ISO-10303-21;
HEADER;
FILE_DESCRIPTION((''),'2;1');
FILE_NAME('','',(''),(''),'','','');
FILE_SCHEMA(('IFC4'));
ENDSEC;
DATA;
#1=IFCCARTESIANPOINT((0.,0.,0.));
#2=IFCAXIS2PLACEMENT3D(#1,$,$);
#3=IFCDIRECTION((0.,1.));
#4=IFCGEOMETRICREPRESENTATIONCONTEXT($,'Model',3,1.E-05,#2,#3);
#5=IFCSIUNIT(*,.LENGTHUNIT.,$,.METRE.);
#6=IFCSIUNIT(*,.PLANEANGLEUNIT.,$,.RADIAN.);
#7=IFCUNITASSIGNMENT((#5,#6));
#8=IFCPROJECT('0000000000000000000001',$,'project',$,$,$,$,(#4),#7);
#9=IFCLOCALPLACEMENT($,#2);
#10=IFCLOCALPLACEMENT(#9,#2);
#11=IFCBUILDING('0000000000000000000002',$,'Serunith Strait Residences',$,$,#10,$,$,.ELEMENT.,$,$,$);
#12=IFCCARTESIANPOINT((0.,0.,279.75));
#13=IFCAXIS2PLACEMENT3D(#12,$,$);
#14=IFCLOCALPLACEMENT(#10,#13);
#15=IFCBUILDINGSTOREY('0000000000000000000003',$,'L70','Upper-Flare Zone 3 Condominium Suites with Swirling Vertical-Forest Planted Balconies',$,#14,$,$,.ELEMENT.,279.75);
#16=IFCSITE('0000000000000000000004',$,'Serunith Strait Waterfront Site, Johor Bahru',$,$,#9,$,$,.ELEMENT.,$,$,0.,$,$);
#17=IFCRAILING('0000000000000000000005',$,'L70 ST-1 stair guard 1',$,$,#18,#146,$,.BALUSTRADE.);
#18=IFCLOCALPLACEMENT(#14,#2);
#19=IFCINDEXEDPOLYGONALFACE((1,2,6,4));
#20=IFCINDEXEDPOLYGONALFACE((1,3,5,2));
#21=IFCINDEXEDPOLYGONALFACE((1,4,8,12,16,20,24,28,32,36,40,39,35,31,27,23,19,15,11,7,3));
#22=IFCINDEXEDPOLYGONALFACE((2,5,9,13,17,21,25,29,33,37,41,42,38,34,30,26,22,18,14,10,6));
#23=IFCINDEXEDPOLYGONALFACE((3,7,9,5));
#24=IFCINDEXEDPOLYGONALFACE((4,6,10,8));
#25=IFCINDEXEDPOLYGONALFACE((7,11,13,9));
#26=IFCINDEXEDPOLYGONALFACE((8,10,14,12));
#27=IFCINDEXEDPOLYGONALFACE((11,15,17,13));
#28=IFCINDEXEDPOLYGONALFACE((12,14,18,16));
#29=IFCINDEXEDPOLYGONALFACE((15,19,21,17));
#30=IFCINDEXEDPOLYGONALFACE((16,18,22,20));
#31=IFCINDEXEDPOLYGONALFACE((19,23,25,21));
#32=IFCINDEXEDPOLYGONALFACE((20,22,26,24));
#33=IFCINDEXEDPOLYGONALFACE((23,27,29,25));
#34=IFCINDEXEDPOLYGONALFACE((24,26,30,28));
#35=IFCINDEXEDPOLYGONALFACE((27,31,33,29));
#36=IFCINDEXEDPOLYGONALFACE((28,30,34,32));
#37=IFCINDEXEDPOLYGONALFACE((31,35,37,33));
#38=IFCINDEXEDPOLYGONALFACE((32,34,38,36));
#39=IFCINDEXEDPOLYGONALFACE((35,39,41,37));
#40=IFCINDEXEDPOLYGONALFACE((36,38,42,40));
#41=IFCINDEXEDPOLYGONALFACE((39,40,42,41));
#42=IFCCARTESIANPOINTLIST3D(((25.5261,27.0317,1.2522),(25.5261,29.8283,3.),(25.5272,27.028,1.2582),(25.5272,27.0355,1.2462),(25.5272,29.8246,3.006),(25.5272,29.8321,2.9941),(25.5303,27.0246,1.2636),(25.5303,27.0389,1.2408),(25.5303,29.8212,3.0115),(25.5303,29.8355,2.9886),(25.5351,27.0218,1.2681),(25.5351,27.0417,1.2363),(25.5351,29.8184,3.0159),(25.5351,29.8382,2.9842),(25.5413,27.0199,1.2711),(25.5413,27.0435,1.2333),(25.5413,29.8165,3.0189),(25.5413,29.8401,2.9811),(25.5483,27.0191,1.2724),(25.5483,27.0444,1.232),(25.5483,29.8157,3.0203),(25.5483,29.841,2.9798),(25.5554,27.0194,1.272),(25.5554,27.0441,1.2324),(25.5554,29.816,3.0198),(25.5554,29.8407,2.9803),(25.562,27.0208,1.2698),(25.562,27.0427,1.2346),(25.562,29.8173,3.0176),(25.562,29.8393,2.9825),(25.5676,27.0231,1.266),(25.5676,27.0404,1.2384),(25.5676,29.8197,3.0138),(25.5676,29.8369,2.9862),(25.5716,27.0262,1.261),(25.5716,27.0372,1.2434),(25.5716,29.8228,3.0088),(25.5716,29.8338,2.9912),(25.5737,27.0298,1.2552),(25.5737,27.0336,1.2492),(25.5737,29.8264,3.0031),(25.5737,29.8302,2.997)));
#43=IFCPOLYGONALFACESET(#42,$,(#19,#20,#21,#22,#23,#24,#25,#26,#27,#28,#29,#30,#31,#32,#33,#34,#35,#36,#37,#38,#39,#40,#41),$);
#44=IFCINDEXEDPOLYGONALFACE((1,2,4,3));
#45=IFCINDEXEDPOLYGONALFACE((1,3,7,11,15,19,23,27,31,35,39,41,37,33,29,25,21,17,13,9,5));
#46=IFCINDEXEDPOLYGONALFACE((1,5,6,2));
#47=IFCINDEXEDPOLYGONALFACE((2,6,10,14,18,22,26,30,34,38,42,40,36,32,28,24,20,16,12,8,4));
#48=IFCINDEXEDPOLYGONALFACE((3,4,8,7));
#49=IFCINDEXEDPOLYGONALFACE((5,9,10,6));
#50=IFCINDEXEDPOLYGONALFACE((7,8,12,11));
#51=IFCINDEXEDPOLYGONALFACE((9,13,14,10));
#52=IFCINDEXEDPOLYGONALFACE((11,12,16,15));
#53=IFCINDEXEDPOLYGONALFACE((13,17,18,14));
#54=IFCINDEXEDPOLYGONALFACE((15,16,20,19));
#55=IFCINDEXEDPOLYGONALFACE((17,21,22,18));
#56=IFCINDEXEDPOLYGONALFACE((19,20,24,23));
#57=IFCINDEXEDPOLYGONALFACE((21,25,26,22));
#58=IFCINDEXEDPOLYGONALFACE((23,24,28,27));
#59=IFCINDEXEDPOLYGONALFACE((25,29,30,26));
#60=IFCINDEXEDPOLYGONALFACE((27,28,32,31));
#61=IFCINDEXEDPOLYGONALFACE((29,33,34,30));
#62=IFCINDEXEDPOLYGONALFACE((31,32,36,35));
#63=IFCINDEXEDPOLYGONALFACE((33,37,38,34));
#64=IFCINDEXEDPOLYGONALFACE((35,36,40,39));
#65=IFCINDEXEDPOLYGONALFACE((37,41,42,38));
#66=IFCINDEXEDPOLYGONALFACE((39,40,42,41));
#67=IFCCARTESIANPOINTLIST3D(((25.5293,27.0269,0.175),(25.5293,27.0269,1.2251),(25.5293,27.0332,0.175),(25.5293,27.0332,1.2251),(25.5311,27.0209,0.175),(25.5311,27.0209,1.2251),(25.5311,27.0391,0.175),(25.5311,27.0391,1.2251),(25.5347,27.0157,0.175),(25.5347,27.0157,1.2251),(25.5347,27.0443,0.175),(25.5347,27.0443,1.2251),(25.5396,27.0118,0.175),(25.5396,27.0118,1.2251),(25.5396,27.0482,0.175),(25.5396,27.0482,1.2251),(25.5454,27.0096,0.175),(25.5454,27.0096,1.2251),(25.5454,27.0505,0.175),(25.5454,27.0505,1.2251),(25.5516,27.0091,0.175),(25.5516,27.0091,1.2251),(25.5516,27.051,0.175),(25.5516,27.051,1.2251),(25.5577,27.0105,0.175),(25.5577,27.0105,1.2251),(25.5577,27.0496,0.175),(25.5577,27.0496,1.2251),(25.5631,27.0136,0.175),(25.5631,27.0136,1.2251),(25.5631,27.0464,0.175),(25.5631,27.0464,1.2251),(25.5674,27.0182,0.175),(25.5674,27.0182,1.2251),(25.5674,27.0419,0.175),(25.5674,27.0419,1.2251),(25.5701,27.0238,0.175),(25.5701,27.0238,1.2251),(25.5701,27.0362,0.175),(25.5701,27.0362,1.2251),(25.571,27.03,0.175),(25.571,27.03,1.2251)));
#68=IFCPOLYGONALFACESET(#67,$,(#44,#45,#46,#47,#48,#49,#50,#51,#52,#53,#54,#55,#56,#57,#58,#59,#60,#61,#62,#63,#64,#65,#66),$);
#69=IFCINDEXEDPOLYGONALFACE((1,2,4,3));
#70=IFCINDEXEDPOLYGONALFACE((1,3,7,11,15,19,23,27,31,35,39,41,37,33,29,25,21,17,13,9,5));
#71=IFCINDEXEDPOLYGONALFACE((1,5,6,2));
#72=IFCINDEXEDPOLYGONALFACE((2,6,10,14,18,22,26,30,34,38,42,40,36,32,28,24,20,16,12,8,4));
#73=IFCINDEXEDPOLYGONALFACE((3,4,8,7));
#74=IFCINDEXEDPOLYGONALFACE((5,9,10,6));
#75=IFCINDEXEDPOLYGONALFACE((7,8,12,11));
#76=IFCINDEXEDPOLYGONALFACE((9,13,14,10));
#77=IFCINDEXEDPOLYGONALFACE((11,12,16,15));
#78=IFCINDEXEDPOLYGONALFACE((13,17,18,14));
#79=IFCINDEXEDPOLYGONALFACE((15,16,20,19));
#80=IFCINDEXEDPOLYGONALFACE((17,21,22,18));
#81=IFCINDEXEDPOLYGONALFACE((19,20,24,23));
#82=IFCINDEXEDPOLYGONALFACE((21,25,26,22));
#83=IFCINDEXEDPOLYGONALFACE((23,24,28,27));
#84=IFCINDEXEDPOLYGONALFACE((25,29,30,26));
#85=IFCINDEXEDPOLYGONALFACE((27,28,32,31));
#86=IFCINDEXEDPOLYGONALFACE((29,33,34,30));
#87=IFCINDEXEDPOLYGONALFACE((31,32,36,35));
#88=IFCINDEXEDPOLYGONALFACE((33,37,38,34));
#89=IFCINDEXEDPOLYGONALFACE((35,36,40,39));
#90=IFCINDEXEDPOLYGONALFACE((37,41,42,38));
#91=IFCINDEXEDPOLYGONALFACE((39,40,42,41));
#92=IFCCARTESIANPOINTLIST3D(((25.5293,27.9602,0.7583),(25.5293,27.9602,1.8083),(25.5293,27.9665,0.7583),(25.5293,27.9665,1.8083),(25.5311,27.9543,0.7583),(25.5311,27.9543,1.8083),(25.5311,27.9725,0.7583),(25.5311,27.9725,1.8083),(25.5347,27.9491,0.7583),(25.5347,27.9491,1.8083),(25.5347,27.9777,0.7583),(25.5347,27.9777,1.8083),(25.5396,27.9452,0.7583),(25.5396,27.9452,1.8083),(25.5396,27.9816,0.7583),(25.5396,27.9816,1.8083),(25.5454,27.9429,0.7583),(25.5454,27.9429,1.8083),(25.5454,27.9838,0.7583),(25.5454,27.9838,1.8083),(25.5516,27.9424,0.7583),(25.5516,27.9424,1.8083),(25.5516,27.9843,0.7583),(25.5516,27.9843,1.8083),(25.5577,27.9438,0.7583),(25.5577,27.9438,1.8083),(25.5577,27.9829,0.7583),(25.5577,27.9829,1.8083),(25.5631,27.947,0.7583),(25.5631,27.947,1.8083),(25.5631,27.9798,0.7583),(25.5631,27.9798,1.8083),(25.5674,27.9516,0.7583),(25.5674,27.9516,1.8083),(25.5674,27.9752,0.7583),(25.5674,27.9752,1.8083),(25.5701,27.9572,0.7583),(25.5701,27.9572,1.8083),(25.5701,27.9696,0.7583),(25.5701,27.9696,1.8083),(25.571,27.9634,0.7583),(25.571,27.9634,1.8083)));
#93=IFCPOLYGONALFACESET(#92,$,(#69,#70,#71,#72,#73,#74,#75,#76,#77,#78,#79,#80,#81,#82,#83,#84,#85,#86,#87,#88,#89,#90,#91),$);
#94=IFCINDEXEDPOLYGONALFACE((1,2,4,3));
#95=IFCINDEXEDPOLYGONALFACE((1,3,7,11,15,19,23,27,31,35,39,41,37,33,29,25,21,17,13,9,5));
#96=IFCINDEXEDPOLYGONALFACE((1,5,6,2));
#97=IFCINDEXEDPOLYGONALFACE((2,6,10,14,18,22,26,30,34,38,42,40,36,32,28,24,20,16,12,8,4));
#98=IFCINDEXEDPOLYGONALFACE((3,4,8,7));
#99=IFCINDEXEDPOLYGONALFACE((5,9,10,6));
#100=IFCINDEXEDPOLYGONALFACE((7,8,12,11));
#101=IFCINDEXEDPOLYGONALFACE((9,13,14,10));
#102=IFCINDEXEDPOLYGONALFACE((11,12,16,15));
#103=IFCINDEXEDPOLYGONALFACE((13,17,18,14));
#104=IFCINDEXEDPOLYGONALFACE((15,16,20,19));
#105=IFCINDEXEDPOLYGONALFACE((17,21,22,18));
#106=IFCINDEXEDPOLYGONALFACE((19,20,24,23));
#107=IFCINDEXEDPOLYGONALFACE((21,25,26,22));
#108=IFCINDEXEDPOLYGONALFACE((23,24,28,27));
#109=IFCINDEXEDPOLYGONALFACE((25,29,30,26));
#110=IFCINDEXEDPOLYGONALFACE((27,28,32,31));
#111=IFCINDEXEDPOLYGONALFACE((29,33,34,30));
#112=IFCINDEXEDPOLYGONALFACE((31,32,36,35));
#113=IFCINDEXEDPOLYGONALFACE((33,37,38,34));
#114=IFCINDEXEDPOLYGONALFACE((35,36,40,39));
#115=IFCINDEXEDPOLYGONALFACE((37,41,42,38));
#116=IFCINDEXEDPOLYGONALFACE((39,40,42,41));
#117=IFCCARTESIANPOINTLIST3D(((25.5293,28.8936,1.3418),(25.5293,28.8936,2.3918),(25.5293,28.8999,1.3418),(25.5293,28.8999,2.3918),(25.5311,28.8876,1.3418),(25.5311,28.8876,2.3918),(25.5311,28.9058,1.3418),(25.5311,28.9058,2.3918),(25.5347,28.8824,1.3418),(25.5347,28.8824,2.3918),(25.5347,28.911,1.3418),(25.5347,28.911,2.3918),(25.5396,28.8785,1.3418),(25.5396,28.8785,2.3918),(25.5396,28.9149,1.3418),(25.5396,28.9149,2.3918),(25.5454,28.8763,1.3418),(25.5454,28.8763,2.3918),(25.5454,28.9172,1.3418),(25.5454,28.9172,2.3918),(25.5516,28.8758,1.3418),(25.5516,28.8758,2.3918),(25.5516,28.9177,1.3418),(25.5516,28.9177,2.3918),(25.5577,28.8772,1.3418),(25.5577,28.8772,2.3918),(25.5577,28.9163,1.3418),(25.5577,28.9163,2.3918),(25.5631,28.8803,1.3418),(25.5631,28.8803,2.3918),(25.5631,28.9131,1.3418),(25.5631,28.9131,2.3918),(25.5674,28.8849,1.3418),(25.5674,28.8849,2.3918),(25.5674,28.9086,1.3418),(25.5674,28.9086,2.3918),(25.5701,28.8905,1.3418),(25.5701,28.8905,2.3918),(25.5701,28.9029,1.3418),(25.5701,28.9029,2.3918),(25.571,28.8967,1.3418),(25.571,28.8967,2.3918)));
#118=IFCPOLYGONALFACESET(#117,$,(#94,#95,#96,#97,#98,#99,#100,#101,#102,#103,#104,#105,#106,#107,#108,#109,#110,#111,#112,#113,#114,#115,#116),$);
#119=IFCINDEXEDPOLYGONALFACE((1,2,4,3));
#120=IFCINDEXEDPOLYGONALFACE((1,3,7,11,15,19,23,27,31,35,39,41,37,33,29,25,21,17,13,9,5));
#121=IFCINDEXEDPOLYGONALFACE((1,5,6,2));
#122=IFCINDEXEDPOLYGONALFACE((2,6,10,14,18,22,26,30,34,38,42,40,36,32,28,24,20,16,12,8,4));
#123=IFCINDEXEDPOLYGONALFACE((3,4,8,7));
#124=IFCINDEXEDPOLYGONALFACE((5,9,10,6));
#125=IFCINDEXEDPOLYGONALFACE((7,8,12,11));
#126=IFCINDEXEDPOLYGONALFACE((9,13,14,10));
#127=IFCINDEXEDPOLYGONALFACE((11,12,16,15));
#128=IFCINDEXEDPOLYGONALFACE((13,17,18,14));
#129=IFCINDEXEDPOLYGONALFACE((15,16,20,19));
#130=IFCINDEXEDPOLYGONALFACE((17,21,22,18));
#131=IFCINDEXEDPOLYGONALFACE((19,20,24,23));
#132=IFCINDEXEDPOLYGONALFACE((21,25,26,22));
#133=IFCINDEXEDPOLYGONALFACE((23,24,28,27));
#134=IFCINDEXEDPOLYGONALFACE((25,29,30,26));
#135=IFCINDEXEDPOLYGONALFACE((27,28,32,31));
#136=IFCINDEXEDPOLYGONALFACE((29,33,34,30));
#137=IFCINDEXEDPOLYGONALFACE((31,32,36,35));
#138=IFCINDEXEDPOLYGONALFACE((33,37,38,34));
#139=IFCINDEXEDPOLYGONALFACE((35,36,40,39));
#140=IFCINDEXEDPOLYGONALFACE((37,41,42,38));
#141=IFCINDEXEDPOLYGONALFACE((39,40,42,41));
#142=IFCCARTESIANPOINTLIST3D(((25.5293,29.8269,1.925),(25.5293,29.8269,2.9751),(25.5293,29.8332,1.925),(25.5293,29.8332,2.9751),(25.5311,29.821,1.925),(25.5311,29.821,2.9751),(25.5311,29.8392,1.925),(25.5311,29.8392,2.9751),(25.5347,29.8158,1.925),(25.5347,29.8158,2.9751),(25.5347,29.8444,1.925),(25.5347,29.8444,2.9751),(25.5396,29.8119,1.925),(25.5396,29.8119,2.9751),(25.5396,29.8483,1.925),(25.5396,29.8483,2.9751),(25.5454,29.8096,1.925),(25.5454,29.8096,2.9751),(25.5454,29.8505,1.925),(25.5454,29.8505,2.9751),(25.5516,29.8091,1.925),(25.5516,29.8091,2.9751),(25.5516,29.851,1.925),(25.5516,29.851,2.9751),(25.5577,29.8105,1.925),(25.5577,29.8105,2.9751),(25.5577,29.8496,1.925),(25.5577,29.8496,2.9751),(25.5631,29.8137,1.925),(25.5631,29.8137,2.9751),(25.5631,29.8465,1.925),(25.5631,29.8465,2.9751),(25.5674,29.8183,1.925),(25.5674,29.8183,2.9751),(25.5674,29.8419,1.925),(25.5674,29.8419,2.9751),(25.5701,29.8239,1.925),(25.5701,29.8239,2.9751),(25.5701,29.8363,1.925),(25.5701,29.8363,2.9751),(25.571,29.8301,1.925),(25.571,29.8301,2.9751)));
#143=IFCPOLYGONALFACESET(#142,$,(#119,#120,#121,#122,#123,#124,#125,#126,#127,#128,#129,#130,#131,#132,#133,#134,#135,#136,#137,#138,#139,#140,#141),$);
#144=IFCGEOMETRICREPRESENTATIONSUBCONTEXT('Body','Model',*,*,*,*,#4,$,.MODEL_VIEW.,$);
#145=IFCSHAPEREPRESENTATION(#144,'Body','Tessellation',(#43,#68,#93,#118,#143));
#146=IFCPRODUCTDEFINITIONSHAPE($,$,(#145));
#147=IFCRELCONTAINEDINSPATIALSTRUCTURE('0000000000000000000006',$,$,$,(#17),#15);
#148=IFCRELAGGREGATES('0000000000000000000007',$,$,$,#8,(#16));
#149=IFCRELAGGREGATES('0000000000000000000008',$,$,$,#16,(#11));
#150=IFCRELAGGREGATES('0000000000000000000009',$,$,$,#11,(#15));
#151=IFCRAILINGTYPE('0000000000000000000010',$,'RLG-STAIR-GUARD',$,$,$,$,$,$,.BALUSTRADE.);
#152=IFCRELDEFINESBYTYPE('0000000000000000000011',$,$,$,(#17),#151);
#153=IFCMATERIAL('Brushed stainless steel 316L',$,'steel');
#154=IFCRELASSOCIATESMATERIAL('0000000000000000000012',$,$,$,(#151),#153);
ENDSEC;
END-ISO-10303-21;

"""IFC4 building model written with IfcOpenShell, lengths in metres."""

from ifc_helpers import new_model, si_unit, direction, frame, origin, origin_2d, place, context, subcontext, project, spatial, circle, extrude, material, type_object, element, save


model = new_model("IFC4")

# Units and contexts
model_context = context("Model", 3, precision=1e-05, world=origin(), true_north=direction((0.0, 1.0)))
body_context = subcontext(model_context, "Body", "Model", "MODEL_VIEW")
ifc_project = project(units=[si_unit("LENGTHUNIT", "METRE"), si_unit("PLANEANGLEUNIT", "RADIAN")], contexts=[model_context])

# Site, building, storey
site_placement = place(None, origin())
site = spatial("IfcSite", under=ifc_project, at=site_placement, Name="Serunith Strait Waterfront Site, Johor Bahru", CompositionType="ELEMENT", RefElevation=0.0)
building_placement = place(site_placement, origin())
building = spatial("IfcBuilding", under=site, at=building_placement, Name="Serunith Strait Residences", CompositionType="ELEMENT")
storey_placement = place(building_placement, frame((0.0, 0.0, 279.75)))
storey = spatial("IfcBuildingStorey", under=building, at=storey_placement, Name="L70", Description="Upper-Flare Zone 3 Condominium Suites with Swirling Vertical-Forest Planted Balconies", CompositionType="ELEMENT", Elevation=279.75)

# Railing
ifc_material_1 = material(Name="Brushed stainless steel 316L", Category="steel")
railing_type_1 = type_object("IfcRailingType", Name="RLG-STAIR-GUARD", PredefinedType="BALUSTRADE", material=ifc_material_1)
railing_1_placement = place(storey_placement, frame((25.55, 27.03, 0.175)))
element("IfcRailing", 1, at=railing_1_placement, inside=storey, type_object=railing_type_1, Name="L70 ST-1 stair guard 1", PredefinedType="BALUSTRADE", context=body_context, shape_type="SweptSolid", body=[
    extrude(circle(Radius=0.0239, at=origin_2d()), frame((0.0, 0.0017, 1.0771), z_axis=(0.0, 0.848002, 0.529992), x_axis=(-1.0, 0.0, 0.0)), (0.0, 0.0, 1.0), 3.2979),
    extrude(circle(Radius=0.021, at=origin_2d()), origin(), (0.0, 0.0, 1.0), 1.05),
    extrude(circle(Radius=0.021, at=origin_2d()), frame((0.0, 0.9333, 0.5833)), (0.0, 0.0, 1.0), 1.05),
    extrude(circle(Radius=0.021, at=origin_2d()), frame((0.0, 1.8667, 1.1667)), (0.0, 0.0, 1.0), 1.05),
    extrude(circle(Radius=0.021, at=origin_2d()), frame((0.0, 2.8, 1.75)), (0.0, 0.0, 1.0), 1.05),
])

save(model, "model.ifc")
